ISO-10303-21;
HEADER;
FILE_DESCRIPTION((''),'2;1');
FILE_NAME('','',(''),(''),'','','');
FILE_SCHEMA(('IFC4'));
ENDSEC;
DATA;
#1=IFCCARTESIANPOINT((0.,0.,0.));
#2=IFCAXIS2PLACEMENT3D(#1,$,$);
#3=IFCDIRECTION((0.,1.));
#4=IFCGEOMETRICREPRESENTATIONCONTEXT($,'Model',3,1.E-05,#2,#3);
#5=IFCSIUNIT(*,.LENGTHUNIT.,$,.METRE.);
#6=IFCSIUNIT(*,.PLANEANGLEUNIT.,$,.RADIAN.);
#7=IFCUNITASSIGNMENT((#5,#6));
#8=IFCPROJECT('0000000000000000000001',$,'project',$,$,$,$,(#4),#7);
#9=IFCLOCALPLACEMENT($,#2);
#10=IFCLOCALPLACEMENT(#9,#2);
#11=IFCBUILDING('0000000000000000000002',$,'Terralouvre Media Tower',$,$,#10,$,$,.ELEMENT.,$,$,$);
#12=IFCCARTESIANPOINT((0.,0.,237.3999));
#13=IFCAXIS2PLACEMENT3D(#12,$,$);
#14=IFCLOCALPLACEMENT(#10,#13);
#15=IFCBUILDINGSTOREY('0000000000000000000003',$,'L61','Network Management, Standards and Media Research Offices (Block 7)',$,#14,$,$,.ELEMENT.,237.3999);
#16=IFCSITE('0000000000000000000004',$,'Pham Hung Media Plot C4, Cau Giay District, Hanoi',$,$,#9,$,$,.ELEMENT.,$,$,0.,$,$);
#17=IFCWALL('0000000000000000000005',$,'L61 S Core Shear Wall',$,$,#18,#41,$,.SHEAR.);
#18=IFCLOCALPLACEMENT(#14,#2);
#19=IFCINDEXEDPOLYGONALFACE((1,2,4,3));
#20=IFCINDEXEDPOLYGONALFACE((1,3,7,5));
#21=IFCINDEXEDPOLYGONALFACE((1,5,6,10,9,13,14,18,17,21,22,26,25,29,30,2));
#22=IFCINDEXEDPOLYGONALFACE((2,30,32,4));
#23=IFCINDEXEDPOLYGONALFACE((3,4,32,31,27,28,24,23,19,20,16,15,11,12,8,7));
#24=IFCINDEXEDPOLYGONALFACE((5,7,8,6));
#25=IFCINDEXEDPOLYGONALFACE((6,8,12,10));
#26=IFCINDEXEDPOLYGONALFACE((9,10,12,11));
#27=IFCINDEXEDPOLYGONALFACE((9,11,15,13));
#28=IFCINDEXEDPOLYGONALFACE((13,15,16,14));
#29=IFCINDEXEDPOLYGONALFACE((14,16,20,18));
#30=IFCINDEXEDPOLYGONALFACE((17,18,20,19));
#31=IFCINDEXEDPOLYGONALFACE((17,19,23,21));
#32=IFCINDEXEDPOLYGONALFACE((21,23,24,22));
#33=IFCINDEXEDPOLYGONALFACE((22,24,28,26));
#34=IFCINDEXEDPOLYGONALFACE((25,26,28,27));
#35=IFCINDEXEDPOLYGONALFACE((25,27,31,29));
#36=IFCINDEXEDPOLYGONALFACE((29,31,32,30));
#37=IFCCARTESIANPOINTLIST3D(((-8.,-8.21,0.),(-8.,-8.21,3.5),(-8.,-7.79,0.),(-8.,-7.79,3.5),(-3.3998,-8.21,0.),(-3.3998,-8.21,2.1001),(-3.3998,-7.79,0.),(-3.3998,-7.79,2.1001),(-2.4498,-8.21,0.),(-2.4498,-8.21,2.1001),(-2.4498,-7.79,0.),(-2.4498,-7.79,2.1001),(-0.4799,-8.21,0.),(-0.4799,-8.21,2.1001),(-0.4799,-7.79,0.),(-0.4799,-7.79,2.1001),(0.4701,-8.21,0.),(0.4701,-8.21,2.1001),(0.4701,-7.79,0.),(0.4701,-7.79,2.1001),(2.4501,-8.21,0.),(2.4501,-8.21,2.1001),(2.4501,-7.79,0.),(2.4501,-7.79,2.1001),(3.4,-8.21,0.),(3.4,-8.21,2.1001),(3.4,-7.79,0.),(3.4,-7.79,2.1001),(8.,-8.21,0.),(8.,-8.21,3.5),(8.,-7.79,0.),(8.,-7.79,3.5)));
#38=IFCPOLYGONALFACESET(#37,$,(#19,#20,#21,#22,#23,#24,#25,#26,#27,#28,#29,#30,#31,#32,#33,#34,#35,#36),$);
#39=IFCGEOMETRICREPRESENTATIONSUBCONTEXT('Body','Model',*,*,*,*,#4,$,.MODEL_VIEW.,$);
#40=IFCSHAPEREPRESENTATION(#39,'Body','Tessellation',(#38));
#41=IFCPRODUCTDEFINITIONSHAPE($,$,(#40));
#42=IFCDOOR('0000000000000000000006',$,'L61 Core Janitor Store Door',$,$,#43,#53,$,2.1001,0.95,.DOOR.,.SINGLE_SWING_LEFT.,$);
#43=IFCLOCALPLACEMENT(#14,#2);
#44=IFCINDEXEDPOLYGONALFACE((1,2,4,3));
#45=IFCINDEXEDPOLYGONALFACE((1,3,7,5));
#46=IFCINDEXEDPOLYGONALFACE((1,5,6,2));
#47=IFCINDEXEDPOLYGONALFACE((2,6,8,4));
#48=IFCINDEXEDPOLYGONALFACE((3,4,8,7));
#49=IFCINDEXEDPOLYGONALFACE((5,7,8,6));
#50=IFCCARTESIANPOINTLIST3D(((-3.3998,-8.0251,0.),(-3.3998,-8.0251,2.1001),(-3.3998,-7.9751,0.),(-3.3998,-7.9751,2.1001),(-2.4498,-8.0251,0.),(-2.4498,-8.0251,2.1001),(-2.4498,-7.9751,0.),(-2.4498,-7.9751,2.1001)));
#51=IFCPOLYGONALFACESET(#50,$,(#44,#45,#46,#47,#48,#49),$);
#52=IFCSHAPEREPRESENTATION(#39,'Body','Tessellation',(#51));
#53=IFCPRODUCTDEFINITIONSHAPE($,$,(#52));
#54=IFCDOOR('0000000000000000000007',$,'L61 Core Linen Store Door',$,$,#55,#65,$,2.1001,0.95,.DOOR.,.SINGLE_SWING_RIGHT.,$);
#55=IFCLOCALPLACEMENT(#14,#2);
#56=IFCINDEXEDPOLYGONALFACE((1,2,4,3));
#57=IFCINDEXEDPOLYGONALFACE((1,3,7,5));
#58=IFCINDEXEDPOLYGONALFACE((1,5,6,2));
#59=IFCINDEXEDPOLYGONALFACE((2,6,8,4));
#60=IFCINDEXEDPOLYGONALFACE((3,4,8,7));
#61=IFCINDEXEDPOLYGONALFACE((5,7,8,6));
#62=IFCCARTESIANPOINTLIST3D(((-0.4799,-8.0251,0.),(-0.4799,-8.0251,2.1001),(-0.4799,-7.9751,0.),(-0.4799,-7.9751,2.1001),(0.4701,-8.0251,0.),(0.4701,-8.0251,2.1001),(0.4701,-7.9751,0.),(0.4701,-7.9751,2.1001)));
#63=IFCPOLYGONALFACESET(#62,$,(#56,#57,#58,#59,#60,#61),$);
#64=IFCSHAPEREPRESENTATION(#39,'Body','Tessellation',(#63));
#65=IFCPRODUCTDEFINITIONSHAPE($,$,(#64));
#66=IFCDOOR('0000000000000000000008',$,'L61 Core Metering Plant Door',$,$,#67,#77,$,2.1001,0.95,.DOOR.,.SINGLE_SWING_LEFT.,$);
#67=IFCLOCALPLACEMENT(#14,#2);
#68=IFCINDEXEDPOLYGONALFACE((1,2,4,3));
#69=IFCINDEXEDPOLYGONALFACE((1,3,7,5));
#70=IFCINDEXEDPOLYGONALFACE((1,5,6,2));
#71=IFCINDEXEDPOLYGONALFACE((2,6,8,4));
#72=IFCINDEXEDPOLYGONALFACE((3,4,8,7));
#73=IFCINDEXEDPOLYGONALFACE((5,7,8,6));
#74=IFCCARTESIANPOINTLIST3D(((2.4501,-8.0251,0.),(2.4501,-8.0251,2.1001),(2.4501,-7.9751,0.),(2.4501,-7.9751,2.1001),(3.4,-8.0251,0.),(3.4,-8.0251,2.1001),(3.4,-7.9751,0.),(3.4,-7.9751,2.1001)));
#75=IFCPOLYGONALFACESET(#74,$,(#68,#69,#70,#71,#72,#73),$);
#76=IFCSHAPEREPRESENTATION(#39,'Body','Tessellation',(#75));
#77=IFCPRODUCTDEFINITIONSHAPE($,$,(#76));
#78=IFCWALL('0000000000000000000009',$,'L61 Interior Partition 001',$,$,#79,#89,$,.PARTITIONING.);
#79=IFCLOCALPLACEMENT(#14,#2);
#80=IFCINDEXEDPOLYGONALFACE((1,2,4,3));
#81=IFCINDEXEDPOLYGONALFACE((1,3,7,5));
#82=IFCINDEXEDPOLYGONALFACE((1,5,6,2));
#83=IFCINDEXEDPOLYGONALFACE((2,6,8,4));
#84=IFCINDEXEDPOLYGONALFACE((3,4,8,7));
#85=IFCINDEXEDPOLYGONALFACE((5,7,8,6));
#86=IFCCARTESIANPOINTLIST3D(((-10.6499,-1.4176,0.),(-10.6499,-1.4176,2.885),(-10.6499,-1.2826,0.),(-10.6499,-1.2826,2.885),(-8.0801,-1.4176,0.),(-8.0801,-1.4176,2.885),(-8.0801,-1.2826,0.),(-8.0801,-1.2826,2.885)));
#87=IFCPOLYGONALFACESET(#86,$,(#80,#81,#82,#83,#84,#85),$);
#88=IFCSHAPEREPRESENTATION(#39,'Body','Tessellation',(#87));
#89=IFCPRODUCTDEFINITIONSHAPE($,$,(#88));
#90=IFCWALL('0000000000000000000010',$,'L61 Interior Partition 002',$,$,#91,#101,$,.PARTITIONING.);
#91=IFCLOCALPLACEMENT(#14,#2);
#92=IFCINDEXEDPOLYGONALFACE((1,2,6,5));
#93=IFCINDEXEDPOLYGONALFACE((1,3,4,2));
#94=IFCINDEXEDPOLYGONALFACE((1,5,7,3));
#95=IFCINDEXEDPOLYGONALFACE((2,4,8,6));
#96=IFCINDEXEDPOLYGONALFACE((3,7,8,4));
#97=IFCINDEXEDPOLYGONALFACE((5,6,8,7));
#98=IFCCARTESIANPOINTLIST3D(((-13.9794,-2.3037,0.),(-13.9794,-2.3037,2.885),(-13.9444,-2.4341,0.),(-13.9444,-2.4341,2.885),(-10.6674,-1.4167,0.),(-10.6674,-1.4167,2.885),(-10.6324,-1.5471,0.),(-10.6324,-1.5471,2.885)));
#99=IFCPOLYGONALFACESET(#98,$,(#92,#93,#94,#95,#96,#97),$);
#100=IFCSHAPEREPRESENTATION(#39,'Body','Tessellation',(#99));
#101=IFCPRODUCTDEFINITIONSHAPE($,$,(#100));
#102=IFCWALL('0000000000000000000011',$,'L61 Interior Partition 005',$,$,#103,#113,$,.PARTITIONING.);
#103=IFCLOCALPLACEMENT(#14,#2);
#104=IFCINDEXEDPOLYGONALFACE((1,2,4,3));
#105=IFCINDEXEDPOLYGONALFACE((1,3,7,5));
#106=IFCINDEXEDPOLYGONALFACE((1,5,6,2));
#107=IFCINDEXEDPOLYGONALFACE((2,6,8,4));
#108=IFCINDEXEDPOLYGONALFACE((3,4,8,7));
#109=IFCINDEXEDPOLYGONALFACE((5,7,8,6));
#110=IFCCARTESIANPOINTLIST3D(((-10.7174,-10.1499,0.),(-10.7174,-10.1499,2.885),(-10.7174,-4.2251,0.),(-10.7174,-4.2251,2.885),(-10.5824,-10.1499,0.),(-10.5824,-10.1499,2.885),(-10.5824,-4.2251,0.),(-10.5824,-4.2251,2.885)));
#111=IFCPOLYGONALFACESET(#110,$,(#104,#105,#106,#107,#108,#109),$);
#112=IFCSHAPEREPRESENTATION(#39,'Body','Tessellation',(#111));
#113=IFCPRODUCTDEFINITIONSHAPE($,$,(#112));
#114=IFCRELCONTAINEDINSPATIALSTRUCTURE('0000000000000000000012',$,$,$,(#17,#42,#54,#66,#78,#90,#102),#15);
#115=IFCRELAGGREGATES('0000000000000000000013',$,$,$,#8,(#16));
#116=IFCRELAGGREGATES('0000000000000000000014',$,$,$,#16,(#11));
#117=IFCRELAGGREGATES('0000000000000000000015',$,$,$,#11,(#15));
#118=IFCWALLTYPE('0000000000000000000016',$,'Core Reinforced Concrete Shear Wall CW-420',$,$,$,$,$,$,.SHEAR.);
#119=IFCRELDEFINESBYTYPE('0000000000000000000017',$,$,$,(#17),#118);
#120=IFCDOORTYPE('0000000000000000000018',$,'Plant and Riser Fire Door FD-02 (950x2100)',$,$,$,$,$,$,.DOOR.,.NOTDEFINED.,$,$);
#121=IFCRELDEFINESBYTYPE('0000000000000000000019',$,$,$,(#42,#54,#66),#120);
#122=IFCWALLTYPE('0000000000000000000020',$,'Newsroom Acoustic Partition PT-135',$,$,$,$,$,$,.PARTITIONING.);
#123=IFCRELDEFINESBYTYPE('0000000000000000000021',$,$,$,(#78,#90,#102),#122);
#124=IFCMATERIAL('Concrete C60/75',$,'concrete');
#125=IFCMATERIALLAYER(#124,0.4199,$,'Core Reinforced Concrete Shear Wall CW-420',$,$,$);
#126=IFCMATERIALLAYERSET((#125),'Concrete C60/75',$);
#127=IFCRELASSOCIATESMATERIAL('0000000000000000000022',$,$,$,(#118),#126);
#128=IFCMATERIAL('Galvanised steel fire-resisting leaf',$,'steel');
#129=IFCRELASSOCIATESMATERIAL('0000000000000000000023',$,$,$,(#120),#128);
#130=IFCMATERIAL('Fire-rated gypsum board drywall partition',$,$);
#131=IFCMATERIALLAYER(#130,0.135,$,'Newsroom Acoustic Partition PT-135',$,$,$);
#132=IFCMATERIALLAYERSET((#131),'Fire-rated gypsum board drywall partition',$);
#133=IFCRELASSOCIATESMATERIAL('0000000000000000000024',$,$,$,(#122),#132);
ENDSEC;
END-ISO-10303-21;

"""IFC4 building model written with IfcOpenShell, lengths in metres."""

from ifc_helpers import new_model, si_unit, direction, frame, frame_2d, origin, place, context, subcontext, project, spatial, rectangle, extrude, material, layer, layer_set, type_object, element, fill, save


model = new_model("IFC4")

# Units and contexts
model_context = context("Model", 3, precision=1e-05, world=origin(), true_north=direction((0.0, 1.0)))
body_context = subcontext(model_context, "Body", "Model", "MODEL_VIEW")
ifc_project = project(units=[si_unit("LENGTHUNIT", "METRE"), si_unit("PLANEANGLEUNIT", "RADIAN")], contexts=[model_context])

# Site, building, storey
site_placement = place(None, origin())
site = spatial("IfcSite", under=ifc_project, at=site_placement, Name="Pham Hung Media Plot C4, Cau Giay District, Hanoi", CompositionType="ELEMENT", RefElevation=0.0)
building_placement = place(site_placement, origin())
building = spatial("IfcBuilding", under=site, at=building_placement, Name="Terralouvre Media Tower", CompositionType="ELEMENT")
storey_placement = place(building_placement, frame((0.0, 0.0, 237.3999)))
storey = spatial("IfcBuildingStorey", under=building, at=storey_placement, Name="L61", Description="Network Management, Standards and Media Research Offices (Block 7)", CompositionType="ELEMENT", Elevation=237.3999)

# Wall, openings, doors
ifc_material_1 = material(Name="Concrete C60/75", Category="concrete")
ifc_layer_1 = layer(ifc_material_1, 0.4199, Name="Core Reinforced Concrete Shear Wall CW-420")
ifc_layer_set_1 = layer_set([ifc_layer_1], Name="Concrete C60/75")
wall_type_1 = type_object("IfcWallType", Name="Core Reinforced Concrete Shear Wall CW-420", PredefinedType="SHEAR", material=ifc_layer_set_1)
wall_1_placement = place(storey_placement, frame((-8.0, -8.0, 0.0), z_axis=(0.0, 0.0, 1.0), x_axis=(1.0, 0.0, 0.0)))
wall_1 = element("IfcWall", 1, at=wall_1_placement, inside=storey, type_object=wall_type_1, Name="L61 S Core Shear Wall", PredefinedType="SHEAR", context=body_context, shape_type="SweptSolid", body=[
    extrude(rectangle(XDim=16.0, YDim=0.4199, at=frame_2d((8.0, 0.0))), origin(), (0.0, 0.0, 1.0), 3.5),
])
opening_1_placement = place(wall_1_placement, frame((4.6001, 0.0, 0.0)))
opening_1 = element("IfcOpeningElement", 2, at=opening_1_placement, cuts=wall_1, PredefinedType="OPENING", context=body_context, shape_type="SweptSolid", body=[
    extrude(rectangle(XDim=0.95, YDim=2.1001, at=frame_2d((0.4751, 1.05))), frame((0.0, 0.22, 0.0), z_axis=(0.0, -1.0, 0.0), x_axis=(1.0, 0.0, 0.0)), (0.0, 0.0, 1.0), 0.4399),
])
opening_2_placement = place(wall_1_placement, frame((7.52, 0.0, 0.0)))
opening_2 = element("IfcOpeningElement", 3, at=opening_2_placement, cuts=wall_1, PredefinedType="OPENING", context=body_context, shape_type="SweptSolid", body=[
    extrude(rectangle(XDim=0.95, YDim=2.1001, at=frame_2d((0.4751, 1.05))), frame((0.0, 0.22, 0.0), z_axis=(0.0, -1.0, 0.0), x_axis=(1.0, 0.0, 0.0)), (0.0, 0.0, 1.0), 0.4399),
])
opening_3_placement = place(wall_1_placement, frame((10.45, 0.0, 0.0)))
opening_3 = element("IfcOpeningElement", 4, at=opening_3_placement, cuts=wall_1, PredefinedType="OPENING", context=body_context, shape_type="SweptSolid", body=[
    extrude(rectangle(XDim=0.95, YDim=2.1001, at=frame_2d((0.4751, 1.05))), frame((0.0, 0.22, 0.0), z_axis=(0.0, -1.0, 0.0), x_axis=(1.0, 0.0, 0.0)), (0.0, 0.0, 1.0), 0.4399),
])
ifc_material_2 = material(Name="Galvanised steel fire-resisting leaf", Category="steel")
door_type_1 = type_object("IfcDoorType", Name="Plant and Riser Fire Door FD-02 (950x2100)", OperationType="NOTDEFINED", PredefinedType="DOOR", material=ifc_material_2)
door_1_placement = place(opening_1_placement, origin())
door_1 = element("IfcDoor", 5, at=door_1_placement, inside=storey, type_object=door_type_1, Name="L61 Core Janitor Store Door", OperationType="SINGLE_SWING_LEFT", OverallHeight=2.1001, OverallWidth=0.95, PredefinedType="DOOR", context=body_context, shape_type="SweptSolid", body=[
    extrude(rectangle(XDim=0.95, YDim=2.1001, at=frame_2d((0.4751, 1.05))), frame((0.0, 0.0249, 0.0), z_axis=(0.0, -1.0, 0.0), x_axis=(1.0, 0.0, 0.0)), (0.0, 0.0, 1.0), 0.05),
])
fill(opening_1, door_1)
door_2_placement = place(opening_2_placement, origin())
door_2 = element("IfcDoor", 6, at=door_2_placement, inside=storey, type_object=door_type_1, Name="L61 Core Linen Store Door", OperationType="SINGLE_SWING_RIGHT", OverallHeight=2.1001, OverallWidth=0.95, PredefinedType="DOOR", context=body_context, shape_type="SweptSolid", body=[
    extrude(rectangle(XDim=0.95, YDim=2.1001, at=frame_2d((0.4751, 1.05))), frame((0.0, 0.0249, 0.0), z_axis=(0.0, -1.0, 0.0), x_axis=(1.0, 0.0, 0.0)), (0.0, 0.0, 1.0), 0.05),
])
fill(opening_2, door_2)
door_3_placement = place(opening_3_placement, origin())
door_3 = element("IfcDoor", 7, at=door_3_placement, inside=storey, type_object=door_type_1, Name="L61 Core Metering Plant Door", OperationType="SINGLE_SWING_LEFT", OverallHeight=2.1001, OverallWidth=0.95, PredefinedType="DOOR", context=body_context, shape_type="SweptSolid", body=[
    extrude(rectangle(XDim=0.95, YDim=2.1001, at=frame_2d((0.4751, 1.05))), frame((0.0, 0.0249, 0.0), z_axis=(0.0, -1.0, 0.0), x_axis=(1.0, 0.0, 0.0)), (0.0, 0.0, 1.0), 0.05),
])
fill(opening_3, door_3)

# Walls
ifc_material_3 = material(Name="Fire-rated gypsum board drywall partition")
ifc_layer_2 = layer(ifc_material_3, 0.135, Name="Newsroom Acoustic Partition PT-135")
ifc_layer_set_2 = layer_set([ifc_layer_2], Name="Fire-rated gypsum board drywall partition")
wall_type_2 = type_object("IfcWallType", Name="Newsroom Acoustic Partition PT-135", PredefinedType="PARTITIONING", material=ifc_layer_set_2)
wall_2_placement = place(storey_placement, frame((-8.0801, -1.3501, 0.0), z_axis=(0.0, 0.0, 1.0), x_axis=(-1.0, 0.0, 0.0)))
element("IfcWall", 8, at=wall_2_placement, inside=storey, type_object=wall_type_2, Name="L61 Interior Partition 001", PredefinedType="PARTITIONING", context=body_context, shape_type="SweptSolid", body=[
    extrude(rectangle(XDim=2.5698, YDim=0.135, at=frame_2d((1.2849, 0.0))), origin(), (0.0, 0.0, 1.0), 2.885),
])
wall_3_placement = place(storey_placement, frame((-10.6499, -1.4819, 0.0), z_axis=(0.0, 0.0, 1.0), x_axis=(-0.965961, -0.258686, 0.0)))
element("IfcWall", 9, at=wall_3_placement, inside=storey, type_object=wall_type_2, Name="L61 Interior Partition 002", PredefinedType="PARTITIONING", context=body_context, shape_type="SweptSolid", body=[
    extrude(rectangle(XDim=3.4287, YDim=0.135, at=frame_2d((1.7144, 0.0))), origin(), (0.0, 0.0, 1.0), 2.885),
])
wall_4_placement = place(storey_placement, frame((-10.6499, -4.2251, 0.0), z_axis=(0.0, 0.0, 1.0), x_axis=(0.0, -1.0, 0.0)))
element("IfcWall", 10, at=wall_4_placement, inside=storey, type_object=wall_type_2, Name="L61 Interior Partition 005", PredefinedType="PARTITIONING", context=body_context, shape_type="SweptSolid", body=[
    extrude(rectangle(XDim=5.9248, YDim=0.135, at=frame_2d((2.9624, 0.0))), origin(), (0.0, 0.0, 1.0), 2.885),
])

save(model, "model.ifc")
